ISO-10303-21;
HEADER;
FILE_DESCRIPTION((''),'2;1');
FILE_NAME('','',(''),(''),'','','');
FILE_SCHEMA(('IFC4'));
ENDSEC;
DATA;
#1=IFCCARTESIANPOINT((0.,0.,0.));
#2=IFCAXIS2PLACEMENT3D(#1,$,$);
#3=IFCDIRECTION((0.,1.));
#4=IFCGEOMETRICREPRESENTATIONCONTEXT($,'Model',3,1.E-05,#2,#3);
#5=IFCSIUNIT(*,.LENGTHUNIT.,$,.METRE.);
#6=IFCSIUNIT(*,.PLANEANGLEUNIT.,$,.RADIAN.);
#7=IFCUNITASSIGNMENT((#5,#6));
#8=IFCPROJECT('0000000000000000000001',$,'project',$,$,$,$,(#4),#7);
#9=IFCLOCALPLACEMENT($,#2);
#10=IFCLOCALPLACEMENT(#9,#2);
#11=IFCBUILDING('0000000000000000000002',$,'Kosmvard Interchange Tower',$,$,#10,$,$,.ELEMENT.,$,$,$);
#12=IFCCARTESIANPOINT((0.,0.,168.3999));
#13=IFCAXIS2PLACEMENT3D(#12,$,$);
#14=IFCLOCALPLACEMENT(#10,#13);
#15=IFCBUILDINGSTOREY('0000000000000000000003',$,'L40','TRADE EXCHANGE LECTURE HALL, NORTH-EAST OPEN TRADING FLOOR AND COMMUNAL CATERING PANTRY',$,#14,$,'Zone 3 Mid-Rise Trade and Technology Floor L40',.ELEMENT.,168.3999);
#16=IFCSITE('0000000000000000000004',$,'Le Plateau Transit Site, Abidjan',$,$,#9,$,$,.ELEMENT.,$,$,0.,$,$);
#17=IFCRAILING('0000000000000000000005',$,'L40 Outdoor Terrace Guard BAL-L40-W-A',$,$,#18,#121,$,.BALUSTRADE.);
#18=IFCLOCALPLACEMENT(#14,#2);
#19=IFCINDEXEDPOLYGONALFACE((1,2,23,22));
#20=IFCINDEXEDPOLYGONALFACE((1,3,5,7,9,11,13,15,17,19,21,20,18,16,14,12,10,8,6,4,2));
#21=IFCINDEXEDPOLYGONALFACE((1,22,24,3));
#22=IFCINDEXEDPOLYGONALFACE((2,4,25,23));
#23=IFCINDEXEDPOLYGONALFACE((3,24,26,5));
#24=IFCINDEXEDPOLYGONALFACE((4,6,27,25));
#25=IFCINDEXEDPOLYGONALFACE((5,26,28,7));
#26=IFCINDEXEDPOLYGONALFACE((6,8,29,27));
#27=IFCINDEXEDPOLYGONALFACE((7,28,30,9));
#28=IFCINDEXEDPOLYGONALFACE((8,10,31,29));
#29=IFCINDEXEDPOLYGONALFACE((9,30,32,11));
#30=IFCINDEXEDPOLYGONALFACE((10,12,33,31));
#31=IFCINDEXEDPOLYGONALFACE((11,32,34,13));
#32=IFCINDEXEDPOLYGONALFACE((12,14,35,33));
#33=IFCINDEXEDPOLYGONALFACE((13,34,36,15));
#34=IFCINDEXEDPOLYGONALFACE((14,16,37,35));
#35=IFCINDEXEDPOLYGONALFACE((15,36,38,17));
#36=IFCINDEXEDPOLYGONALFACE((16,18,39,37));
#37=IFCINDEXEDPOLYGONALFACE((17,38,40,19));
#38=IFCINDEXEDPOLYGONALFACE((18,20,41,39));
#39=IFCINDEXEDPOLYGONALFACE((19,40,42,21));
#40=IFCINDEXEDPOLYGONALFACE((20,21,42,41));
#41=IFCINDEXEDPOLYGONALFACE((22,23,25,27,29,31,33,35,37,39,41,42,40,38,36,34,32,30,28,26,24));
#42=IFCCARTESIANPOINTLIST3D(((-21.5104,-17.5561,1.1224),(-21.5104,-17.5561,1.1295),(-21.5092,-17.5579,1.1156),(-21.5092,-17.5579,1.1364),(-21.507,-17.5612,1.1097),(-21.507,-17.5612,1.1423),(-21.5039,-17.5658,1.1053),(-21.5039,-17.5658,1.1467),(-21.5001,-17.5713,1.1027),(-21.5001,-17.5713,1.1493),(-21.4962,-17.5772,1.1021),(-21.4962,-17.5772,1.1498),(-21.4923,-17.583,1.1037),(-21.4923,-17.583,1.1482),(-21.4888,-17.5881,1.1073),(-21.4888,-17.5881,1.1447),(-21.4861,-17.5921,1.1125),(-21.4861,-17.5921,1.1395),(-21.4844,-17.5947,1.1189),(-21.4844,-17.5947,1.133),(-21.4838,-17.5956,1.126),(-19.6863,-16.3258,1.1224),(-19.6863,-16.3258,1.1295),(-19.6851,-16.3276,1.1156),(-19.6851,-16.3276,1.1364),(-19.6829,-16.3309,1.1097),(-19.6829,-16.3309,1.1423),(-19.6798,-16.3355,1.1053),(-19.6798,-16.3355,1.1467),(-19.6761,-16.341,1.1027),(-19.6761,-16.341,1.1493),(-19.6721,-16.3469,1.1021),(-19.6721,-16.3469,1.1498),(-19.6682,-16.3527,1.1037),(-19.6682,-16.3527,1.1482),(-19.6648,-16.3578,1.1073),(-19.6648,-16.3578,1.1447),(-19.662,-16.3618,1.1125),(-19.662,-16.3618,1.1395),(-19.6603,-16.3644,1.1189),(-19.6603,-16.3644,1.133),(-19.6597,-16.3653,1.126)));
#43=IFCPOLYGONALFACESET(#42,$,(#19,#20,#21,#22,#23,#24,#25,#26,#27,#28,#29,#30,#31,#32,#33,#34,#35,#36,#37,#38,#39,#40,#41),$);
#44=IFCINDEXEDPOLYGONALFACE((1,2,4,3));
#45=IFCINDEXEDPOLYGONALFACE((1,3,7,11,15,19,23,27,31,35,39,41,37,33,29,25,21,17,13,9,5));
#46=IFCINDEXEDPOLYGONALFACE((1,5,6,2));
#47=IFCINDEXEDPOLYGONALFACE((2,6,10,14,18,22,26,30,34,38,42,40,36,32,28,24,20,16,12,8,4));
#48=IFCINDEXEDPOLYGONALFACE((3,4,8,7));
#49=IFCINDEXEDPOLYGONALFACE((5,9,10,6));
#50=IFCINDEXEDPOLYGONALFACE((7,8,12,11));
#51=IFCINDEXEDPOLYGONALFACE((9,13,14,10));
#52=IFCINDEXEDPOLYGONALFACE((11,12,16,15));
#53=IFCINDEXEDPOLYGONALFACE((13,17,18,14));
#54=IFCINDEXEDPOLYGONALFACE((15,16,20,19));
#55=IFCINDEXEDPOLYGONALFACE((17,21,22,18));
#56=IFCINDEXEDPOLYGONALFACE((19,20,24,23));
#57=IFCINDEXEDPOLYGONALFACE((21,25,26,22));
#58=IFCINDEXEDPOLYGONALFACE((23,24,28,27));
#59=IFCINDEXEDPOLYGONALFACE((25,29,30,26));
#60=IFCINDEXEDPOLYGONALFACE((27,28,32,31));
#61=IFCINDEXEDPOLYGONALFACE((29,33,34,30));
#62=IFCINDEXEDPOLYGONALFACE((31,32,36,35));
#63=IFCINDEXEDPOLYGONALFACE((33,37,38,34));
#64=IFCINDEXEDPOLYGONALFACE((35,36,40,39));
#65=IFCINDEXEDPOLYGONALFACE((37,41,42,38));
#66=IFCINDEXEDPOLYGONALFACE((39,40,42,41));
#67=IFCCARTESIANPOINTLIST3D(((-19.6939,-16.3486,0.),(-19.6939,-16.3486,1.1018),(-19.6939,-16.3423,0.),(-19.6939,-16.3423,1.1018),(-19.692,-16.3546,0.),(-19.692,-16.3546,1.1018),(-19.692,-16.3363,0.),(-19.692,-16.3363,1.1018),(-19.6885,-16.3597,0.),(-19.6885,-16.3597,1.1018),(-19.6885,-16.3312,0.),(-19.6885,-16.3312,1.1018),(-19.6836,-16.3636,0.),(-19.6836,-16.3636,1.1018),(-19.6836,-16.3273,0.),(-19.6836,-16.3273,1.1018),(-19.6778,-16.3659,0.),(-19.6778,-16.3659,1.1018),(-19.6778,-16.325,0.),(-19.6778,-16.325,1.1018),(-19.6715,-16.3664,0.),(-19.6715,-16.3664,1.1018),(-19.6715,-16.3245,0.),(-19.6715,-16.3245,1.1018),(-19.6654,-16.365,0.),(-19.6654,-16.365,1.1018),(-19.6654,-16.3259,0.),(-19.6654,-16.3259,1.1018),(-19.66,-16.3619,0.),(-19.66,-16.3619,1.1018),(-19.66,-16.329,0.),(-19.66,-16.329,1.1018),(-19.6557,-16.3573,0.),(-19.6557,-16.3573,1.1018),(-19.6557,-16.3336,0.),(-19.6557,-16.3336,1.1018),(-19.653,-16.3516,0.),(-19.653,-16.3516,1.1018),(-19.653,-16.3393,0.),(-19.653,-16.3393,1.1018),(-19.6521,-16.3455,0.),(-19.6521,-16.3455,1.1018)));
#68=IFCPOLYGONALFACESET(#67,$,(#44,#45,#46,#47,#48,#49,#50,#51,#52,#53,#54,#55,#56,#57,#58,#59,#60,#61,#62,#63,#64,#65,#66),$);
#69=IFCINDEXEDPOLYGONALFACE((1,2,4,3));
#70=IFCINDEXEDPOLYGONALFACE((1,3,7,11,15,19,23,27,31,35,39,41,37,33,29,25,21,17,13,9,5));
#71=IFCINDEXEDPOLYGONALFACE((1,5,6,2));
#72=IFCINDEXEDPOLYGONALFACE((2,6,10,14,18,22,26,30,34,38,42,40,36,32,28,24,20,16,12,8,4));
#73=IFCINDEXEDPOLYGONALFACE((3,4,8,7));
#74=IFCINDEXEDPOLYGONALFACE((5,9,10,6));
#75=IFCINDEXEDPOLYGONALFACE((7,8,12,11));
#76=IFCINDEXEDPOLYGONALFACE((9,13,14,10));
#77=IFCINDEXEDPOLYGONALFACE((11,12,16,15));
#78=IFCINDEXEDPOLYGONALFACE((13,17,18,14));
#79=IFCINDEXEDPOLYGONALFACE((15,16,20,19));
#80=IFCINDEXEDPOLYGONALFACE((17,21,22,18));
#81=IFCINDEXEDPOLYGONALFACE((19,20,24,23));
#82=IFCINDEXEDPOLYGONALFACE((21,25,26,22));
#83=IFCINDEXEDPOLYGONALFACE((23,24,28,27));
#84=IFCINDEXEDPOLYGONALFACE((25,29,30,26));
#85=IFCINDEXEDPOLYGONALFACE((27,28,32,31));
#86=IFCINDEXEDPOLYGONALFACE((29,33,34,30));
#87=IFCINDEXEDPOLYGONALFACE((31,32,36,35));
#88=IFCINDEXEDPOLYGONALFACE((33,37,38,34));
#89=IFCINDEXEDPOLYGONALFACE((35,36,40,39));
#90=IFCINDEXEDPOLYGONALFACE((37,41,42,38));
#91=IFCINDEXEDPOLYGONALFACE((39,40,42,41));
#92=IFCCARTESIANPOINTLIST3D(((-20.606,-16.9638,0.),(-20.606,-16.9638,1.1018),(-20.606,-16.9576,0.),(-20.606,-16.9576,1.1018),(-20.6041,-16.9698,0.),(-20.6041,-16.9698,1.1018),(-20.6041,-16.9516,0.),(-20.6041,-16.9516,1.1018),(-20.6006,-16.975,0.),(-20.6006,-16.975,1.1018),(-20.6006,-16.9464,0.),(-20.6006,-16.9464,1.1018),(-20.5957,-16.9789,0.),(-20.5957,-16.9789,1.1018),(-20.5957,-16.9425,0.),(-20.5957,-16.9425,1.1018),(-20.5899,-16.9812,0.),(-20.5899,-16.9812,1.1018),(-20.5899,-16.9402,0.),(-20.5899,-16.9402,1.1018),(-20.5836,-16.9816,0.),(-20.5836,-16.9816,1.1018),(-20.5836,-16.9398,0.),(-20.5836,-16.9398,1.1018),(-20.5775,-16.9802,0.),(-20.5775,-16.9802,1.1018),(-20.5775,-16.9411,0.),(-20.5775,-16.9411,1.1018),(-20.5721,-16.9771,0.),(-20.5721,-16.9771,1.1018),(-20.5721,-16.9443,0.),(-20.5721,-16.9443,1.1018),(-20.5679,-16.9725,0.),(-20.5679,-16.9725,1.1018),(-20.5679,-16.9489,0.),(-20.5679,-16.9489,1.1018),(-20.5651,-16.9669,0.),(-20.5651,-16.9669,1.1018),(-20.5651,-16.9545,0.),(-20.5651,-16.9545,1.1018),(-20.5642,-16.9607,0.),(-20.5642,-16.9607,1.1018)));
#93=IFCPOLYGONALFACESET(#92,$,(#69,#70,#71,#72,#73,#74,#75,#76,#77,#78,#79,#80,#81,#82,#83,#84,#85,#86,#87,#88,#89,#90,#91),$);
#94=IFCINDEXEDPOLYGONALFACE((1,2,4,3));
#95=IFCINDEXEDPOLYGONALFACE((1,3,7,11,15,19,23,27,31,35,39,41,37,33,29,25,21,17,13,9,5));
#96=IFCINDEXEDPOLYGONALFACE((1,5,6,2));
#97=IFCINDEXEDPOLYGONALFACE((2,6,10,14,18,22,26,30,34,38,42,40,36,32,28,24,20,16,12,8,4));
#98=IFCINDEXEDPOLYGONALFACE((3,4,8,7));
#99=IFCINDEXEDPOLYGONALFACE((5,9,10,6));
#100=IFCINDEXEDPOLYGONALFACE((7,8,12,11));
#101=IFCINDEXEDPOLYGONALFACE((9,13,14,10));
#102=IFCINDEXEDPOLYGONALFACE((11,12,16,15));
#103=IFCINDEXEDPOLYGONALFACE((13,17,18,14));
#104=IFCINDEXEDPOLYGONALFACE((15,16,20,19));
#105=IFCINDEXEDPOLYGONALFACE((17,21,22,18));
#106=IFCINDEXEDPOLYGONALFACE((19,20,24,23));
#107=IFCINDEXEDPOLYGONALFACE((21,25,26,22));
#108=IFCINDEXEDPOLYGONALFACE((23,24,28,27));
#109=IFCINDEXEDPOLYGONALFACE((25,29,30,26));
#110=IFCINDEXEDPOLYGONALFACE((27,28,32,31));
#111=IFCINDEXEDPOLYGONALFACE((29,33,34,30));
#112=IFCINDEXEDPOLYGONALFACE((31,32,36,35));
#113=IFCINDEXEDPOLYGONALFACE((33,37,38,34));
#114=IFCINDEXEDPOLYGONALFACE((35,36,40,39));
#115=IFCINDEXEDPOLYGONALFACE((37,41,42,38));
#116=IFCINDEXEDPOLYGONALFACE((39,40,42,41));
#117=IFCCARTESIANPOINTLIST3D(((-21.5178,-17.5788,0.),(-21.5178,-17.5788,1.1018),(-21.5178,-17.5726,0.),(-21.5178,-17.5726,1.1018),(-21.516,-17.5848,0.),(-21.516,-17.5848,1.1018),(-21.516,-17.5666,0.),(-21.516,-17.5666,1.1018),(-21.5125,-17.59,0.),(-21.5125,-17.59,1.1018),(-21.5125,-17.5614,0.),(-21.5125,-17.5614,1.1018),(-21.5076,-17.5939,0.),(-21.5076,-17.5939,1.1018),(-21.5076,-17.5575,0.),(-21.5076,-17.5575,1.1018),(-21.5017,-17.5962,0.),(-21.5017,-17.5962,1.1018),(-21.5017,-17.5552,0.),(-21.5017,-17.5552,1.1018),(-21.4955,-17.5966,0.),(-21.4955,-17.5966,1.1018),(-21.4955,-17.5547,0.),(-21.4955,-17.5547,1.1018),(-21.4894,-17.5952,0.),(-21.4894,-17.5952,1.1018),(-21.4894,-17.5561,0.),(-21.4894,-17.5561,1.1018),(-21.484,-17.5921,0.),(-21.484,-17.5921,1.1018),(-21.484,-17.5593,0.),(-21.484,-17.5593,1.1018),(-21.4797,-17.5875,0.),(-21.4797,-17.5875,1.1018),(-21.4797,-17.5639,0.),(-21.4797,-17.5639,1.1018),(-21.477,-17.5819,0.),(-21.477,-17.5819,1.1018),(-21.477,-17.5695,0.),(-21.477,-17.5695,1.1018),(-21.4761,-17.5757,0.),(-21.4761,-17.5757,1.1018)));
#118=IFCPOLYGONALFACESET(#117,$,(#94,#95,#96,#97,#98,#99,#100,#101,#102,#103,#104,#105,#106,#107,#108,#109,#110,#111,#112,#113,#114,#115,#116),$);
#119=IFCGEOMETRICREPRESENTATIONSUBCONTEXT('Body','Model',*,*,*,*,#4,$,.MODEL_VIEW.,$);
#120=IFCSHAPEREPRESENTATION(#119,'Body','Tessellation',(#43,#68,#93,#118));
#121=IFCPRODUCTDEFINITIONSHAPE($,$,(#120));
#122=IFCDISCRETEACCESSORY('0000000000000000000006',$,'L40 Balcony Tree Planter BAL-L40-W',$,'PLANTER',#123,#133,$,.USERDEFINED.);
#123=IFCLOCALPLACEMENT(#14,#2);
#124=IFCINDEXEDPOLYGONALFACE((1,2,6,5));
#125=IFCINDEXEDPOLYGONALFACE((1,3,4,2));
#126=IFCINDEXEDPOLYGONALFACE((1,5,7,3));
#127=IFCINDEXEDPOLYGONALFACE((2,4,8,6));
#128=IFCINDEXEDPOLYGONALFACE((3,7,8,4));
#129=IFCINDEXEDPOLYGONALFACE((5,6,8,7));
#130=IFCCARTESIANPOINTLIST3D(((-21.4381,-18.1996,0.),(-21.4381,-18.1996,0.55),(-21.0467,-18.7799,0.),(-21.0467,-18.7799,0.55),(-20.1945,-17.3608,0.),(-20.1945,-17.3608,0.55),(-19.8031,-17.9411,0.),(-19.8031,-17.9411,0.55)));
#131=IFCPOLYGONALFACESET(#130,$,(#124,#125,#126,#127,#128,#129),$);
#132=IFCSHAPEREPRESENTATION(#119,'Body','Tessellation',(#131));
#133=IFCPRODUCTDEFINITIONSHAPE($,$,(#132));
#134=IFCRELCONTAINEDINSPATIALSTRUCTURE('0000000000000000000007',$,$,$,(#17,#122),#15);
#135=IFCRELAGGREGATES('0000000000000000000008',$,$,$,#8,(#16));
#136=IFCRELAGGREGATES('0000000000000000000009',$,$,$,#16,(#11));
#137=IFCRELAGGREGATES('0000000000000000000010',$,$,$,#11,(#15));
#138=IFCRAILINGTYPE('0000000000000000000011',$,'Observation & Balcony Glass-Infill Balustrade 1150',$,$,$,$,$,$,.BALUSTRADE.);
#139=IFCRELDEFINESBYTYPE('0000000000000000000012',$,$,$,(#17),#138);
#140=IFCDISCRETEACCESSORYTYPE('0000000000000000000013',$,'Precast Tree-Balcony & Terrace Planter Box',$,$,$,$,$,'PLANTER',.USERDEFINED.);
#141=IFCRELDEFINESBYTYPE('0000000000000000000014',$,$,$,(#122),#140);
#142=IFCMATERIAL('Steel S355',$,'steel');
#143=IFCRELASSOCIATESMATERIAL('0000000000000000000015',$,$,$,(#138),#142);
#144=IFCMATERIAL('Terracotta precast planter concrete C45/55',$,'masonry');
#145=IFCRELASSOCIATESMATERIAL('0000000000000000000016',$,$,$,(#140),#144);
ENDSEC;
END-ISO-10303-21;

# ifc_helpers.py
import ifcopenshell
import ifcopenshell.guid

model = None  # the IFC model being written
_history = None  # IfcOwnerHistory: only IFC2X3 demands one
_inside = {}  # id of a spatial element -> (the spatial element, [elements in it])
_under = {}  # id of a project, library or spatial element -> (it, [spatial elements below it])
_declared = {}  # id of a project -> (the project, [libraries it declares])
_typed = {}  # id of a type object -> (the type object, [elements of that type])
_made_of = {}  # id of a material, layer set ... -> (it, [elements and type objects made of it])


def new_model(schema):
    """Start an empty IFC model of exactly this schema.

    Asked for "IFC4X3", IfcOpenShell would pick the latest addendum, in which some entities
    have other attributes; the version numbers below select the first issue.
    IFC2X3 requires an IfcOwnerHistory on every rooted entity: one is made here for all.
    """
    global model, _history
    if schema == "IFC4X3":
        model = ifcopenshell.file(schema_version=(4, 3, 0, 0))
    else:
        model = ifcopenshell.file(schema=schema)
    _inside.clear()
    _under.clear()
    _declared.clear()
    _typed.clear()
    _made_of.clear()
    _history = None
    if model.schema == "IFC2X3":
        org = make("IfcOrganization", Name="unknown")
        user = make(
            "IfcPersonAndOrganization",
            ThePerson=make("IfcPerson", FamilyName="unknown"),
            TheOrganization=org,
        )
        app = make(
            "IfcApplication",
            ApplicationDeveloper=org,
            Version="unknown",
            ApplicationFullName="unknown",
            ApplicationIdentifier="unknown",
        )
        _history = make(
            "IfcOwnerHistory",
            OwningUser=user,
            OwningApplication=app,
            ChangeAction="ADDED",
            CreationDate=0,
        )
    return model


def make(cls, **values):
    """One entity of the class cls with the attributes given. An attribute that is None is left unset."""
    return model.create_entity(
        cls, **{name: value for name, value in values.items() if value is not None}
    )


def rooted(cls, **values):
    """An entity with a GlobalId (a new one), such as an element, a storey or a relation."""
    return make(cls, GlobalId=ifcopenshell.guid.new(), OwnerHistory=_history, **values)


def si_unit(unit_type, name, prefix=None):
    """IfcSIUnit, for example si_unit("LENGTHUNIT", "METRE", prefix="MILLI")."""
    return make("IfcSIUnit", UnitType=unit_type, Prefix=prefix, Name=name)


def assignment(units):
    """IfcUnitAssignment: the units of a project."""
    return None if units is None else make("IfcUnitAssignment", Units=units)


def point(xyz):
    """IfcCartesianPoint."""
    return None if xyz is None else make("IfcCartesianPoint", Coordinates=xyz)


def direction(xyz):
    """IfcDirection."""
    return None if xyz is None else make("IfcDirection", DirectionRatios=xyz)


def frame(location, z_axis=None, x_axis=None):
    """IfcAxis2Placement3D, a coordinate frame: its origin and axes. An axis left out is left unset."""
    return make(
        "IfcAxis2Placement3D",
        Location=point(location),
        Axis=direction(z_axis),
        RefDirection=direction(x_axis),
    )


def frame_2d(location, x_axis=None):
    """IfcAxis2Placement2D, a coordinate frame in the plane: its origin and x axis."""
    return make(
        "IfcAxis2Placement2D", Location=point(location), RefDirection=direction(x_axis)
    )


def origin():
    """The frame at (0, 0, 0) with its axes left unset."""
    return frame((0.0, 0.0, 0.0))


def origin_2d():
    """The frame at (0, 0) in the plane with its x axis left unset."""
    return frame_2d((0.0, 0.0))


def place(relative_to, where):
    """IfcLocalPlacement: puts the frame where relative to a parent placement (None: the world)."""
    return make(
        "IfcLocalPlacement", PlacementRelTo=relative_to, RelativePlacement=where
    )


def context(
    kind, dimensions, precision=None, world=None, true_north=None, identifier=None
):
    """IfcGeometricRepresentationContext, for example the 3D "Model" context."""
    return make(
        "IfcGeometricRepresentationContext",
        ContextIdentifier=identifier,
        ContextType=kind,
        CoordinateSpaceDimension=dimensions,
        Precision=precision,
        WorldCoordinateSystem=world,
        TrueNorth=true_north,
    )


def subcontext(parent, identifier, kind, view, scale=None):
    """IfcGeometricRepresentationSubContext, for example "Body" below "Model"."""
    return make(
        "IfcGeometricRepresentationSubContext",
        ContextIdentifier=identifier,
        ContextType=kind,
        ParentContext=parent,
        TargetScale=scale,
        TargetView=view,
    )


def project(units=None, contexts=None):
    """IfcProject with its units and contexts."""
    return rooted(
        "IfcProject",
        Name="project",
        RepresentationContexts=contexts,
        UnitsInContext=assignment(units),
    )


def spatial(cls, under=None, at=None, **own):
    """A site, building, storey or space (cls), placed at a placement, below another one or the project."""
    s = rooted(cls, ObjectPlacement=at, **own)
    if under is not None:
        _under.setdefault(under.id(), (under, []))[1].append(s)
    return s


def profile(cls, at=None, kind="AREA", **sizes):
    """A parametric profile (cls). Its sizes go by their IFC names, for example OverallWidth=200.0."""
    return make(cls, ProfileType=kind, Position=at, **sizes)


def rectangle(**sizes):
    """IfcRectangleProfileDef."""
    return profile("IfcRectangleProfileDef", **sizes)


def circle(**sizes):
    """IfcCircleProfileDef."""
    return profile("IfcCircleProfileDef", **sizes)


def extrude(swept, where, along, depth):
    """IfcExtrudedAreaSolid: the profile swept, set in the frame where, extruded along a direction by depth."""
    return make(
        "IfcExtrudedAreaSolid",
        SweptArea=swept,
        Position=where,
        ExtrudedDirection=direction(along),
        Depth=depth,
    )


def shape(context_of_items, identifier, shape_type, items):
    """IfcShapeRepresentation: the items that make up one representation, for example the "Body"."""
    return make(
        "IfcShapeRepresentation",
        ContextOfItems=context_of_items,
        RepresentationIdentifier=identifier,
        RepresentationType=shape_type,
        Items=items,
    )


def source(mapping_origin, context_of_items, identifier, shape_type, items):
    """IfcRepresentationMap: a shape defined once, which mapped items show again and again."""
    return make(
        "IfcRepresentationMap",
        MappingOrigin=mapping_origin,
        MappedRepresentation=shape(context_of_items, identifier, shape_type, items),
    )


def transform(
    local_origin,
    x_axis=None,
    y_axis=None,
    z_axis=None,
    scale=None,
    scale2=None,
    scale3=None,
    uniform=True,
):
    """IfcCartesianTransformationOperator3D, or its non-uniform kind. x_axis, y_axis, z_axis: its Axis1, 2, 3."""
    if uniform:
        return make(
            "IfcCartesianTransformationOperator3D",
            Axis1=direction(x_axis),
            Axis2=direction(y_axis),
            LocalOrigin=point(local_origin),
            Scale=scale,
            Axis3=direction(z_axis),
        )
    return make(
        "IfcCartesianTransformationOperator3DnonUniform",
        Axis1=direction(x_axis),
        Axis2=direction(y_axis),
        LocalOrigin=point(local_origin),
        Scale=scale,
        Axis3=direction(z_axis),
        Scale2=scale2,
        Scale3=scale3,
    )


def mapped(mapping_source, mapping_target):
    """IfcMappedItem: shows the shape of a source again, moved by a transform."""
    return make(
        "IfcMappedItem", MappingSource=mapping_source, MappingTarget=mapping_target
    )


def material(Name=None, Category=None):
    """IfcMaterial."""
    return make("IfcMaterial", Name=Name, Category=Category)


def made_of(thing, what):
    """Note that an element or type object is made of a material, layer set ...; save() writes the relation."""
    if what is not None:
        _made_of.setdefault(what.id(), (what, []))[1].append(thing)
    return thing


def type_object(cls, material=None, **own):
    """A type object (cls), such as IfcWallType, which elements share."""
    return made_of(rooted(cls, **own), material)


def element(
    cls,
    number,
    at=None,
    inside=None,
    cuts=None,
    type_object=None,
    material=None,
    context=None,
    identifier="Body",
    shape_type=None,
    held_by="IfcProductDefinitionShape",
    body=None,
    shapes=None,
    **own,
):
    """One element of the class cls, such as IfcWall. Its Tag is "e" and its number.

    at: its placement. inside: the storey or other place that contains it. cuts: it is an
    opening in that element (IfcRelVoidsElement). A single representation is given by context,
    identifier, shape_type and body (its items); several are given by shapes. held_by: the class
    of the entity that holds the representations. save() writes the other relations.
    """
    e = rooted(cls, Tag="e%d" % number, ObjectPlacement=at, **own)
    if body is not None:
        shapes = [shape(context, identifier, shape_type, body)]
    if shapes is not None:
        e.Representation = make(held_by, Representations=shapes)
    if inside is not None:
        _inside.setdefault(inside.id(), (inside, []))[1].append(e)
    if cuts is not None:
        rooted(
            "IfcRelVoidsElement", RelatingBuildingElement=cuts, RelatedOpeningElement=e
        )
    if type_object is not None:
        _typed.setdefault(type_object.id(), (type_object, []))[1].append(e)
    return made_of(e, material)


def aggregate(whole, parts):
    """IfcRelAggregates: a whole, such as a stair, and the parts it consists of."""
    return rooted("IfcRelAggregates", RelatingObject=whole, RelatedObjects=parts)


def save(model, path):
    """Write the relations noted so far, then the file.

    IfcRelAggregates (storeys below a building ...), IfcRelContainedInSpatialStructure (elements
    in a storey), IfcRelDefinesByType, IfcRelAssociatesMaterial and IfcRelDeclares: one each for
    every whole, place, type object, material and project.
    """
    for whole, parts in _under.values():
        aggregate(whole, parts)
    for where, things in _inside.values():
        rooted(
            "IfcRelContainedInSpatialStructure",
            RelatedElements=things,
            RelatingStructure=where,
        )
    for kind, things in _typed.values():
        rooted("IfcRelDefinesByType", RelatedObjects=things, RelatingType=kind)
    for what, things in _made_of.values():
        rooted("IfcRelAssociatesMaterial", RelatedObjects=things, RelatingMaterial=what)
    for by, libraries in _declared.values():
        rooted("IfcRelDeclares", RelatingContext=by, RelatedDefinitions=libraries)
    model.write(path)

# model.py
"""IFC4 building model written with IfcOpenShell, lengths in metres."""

from ifc_helpers import new_model, si_unit, direction, frame, origin, origin_2d, place, context, subcontext, project, spatial, rectangle, circle, extrude, source, transform, mapped, material, type_object, element, save


model = new_model("IFC4")

# Units and contexts
model_context = context("Model", 3, precision=1e-05, world=origin(), true_north=direction((0.0, 1.0)))
body_context = subcontext(model_context, "Body", "Model", "MODEL_VIEW")
ifc_project = project(units=[si_unit("LENGTHUNIT", "METRE"), si_unit("PLANEANGLEUNIT", "RADIAN")], contexts=[model_context])

# Site, building, storey
site_placement = place(None, origin())
site = spatial("IfcSite", under=ifc_project, at=site_placement, Name="Le Plateau Transit Site, Abidjan", CompositionType="ELEMENT", RefElevation=0.0)
building_placement = place(site_placement, origin())
building = spatial("IfcBuilding", under=site, at=building_placement, Name="Kosmvard Interchange Tower", CompositionType="ELEMENT")
storey_placement = place(building_placement, frame((0.0, 0.0, 168.3999)))
storey = spatial("IfcBuildingStorey", under=building, at=storey_placement, Name="L40", Description="TRADE EXCHANGE LECTURE HALL, NORTH-EAST OPEN TRADING FLOOR AND COMMUNAL CATERING PANTRY", LongName="Zone 3 Mid-Rise Trade and Technology Floor L40", CompositionType="ELEMENT", Elevation=168.3999)

# Shared definitions
ifc_material_1 = material(Name="Steel S355", Category="steel")

# Railing
railing_type = type_object("IfcRailingType", Name="Observation & Balcony Glass-Infill Balustrade 1150", PredefinedType="BALUSTRADE", material=ifc_material_1)
shared_shape_1 = source(origin(), body_context, "Body", "SweptSolid", [
    extrude(circle(Radius=0.0239, at=origin_2d()), frame((0.0, 0.0, 1.126), z_axis=(-0.829051, -0.559174, 0.0), x_axis=(0.559174, -0.829051, 0.0)), (0.0, 0.0, 1.0), 2.2002),
    extrude(circle(Radius=0.021, at=origin_2d()), origin(), (0.0, 0.0, 1.0), 1.1018),
    extrude(circle(Radius=0.021, at=origin_2d()), frame((-0.9121, -0.6152, 0.0)), (0.0, 0.0, 1.0), 1.1018),
    extrude(circle(Radius=0.021, at=origin_2d()), frame((-1.824, -1.2302, 0.0)), (0.0, 0.0, 1.0), 1.1018),
])
railing_1_placement = place(storey_placement, frame((-19.6731, -16.3455, 0.0)))
element("IfcRailing", 1, at=railing_1_placement, inside=storey, type_object=railing_type, Name="L40 Outdoor Terrace Guard BAL-L40-W-A", PredefinedType="BALUSTRADE", context=body_context, shape_type="MappedRepresentation", body=[
    mapped(shared_shape_1, transform((0.0, 0.0, 0.0), scale=1.0)),
])

# Discrete accessory
ifc_material_2 = material(Name="Terracotta precast planter concrete C45/55", Category="masonry")
discrete_accessory_type = type_object("IfcDiscreteAccessoryType", Name="Precast Tree-Balcony & Terrace Planter Box", ElementType="PLANTER", PredefinedType="USERDEFINED", material=ifc_material_2)
shared_shape_2 = source(origin(), body_context, "Body", "SweptSolid", [
    extrude(rectangle(XDim=1.5, YDim=0.7, at=origin_2d()), origin(), (0.0, 0.0, 1.0), 0.55),
])
discrete_accessory_placement = place(storey_placement, frame((-20.6206, -18.0703, 0.0), z_axis=(0.0, 0.0, 1.0), x_axis=(0.829038, 0.559193, 0.0)))
element("IfcDiscreteAccessory", 2, at=discrete_accessory_placement, inside=storey, type_object=discrete_accessory_type, Name="L40 Balcony Tree Planter BAL-L40-W", ObjectType="PLANTER", PredefinedType="USERDEFINED", context=body_context, shape_type="MappedRepresentation", body=[
    mapped(shared_shape_2, transform((0.0, 0.0, 0.0), scale=1.0)),
])

save(model, "model.ifc")
